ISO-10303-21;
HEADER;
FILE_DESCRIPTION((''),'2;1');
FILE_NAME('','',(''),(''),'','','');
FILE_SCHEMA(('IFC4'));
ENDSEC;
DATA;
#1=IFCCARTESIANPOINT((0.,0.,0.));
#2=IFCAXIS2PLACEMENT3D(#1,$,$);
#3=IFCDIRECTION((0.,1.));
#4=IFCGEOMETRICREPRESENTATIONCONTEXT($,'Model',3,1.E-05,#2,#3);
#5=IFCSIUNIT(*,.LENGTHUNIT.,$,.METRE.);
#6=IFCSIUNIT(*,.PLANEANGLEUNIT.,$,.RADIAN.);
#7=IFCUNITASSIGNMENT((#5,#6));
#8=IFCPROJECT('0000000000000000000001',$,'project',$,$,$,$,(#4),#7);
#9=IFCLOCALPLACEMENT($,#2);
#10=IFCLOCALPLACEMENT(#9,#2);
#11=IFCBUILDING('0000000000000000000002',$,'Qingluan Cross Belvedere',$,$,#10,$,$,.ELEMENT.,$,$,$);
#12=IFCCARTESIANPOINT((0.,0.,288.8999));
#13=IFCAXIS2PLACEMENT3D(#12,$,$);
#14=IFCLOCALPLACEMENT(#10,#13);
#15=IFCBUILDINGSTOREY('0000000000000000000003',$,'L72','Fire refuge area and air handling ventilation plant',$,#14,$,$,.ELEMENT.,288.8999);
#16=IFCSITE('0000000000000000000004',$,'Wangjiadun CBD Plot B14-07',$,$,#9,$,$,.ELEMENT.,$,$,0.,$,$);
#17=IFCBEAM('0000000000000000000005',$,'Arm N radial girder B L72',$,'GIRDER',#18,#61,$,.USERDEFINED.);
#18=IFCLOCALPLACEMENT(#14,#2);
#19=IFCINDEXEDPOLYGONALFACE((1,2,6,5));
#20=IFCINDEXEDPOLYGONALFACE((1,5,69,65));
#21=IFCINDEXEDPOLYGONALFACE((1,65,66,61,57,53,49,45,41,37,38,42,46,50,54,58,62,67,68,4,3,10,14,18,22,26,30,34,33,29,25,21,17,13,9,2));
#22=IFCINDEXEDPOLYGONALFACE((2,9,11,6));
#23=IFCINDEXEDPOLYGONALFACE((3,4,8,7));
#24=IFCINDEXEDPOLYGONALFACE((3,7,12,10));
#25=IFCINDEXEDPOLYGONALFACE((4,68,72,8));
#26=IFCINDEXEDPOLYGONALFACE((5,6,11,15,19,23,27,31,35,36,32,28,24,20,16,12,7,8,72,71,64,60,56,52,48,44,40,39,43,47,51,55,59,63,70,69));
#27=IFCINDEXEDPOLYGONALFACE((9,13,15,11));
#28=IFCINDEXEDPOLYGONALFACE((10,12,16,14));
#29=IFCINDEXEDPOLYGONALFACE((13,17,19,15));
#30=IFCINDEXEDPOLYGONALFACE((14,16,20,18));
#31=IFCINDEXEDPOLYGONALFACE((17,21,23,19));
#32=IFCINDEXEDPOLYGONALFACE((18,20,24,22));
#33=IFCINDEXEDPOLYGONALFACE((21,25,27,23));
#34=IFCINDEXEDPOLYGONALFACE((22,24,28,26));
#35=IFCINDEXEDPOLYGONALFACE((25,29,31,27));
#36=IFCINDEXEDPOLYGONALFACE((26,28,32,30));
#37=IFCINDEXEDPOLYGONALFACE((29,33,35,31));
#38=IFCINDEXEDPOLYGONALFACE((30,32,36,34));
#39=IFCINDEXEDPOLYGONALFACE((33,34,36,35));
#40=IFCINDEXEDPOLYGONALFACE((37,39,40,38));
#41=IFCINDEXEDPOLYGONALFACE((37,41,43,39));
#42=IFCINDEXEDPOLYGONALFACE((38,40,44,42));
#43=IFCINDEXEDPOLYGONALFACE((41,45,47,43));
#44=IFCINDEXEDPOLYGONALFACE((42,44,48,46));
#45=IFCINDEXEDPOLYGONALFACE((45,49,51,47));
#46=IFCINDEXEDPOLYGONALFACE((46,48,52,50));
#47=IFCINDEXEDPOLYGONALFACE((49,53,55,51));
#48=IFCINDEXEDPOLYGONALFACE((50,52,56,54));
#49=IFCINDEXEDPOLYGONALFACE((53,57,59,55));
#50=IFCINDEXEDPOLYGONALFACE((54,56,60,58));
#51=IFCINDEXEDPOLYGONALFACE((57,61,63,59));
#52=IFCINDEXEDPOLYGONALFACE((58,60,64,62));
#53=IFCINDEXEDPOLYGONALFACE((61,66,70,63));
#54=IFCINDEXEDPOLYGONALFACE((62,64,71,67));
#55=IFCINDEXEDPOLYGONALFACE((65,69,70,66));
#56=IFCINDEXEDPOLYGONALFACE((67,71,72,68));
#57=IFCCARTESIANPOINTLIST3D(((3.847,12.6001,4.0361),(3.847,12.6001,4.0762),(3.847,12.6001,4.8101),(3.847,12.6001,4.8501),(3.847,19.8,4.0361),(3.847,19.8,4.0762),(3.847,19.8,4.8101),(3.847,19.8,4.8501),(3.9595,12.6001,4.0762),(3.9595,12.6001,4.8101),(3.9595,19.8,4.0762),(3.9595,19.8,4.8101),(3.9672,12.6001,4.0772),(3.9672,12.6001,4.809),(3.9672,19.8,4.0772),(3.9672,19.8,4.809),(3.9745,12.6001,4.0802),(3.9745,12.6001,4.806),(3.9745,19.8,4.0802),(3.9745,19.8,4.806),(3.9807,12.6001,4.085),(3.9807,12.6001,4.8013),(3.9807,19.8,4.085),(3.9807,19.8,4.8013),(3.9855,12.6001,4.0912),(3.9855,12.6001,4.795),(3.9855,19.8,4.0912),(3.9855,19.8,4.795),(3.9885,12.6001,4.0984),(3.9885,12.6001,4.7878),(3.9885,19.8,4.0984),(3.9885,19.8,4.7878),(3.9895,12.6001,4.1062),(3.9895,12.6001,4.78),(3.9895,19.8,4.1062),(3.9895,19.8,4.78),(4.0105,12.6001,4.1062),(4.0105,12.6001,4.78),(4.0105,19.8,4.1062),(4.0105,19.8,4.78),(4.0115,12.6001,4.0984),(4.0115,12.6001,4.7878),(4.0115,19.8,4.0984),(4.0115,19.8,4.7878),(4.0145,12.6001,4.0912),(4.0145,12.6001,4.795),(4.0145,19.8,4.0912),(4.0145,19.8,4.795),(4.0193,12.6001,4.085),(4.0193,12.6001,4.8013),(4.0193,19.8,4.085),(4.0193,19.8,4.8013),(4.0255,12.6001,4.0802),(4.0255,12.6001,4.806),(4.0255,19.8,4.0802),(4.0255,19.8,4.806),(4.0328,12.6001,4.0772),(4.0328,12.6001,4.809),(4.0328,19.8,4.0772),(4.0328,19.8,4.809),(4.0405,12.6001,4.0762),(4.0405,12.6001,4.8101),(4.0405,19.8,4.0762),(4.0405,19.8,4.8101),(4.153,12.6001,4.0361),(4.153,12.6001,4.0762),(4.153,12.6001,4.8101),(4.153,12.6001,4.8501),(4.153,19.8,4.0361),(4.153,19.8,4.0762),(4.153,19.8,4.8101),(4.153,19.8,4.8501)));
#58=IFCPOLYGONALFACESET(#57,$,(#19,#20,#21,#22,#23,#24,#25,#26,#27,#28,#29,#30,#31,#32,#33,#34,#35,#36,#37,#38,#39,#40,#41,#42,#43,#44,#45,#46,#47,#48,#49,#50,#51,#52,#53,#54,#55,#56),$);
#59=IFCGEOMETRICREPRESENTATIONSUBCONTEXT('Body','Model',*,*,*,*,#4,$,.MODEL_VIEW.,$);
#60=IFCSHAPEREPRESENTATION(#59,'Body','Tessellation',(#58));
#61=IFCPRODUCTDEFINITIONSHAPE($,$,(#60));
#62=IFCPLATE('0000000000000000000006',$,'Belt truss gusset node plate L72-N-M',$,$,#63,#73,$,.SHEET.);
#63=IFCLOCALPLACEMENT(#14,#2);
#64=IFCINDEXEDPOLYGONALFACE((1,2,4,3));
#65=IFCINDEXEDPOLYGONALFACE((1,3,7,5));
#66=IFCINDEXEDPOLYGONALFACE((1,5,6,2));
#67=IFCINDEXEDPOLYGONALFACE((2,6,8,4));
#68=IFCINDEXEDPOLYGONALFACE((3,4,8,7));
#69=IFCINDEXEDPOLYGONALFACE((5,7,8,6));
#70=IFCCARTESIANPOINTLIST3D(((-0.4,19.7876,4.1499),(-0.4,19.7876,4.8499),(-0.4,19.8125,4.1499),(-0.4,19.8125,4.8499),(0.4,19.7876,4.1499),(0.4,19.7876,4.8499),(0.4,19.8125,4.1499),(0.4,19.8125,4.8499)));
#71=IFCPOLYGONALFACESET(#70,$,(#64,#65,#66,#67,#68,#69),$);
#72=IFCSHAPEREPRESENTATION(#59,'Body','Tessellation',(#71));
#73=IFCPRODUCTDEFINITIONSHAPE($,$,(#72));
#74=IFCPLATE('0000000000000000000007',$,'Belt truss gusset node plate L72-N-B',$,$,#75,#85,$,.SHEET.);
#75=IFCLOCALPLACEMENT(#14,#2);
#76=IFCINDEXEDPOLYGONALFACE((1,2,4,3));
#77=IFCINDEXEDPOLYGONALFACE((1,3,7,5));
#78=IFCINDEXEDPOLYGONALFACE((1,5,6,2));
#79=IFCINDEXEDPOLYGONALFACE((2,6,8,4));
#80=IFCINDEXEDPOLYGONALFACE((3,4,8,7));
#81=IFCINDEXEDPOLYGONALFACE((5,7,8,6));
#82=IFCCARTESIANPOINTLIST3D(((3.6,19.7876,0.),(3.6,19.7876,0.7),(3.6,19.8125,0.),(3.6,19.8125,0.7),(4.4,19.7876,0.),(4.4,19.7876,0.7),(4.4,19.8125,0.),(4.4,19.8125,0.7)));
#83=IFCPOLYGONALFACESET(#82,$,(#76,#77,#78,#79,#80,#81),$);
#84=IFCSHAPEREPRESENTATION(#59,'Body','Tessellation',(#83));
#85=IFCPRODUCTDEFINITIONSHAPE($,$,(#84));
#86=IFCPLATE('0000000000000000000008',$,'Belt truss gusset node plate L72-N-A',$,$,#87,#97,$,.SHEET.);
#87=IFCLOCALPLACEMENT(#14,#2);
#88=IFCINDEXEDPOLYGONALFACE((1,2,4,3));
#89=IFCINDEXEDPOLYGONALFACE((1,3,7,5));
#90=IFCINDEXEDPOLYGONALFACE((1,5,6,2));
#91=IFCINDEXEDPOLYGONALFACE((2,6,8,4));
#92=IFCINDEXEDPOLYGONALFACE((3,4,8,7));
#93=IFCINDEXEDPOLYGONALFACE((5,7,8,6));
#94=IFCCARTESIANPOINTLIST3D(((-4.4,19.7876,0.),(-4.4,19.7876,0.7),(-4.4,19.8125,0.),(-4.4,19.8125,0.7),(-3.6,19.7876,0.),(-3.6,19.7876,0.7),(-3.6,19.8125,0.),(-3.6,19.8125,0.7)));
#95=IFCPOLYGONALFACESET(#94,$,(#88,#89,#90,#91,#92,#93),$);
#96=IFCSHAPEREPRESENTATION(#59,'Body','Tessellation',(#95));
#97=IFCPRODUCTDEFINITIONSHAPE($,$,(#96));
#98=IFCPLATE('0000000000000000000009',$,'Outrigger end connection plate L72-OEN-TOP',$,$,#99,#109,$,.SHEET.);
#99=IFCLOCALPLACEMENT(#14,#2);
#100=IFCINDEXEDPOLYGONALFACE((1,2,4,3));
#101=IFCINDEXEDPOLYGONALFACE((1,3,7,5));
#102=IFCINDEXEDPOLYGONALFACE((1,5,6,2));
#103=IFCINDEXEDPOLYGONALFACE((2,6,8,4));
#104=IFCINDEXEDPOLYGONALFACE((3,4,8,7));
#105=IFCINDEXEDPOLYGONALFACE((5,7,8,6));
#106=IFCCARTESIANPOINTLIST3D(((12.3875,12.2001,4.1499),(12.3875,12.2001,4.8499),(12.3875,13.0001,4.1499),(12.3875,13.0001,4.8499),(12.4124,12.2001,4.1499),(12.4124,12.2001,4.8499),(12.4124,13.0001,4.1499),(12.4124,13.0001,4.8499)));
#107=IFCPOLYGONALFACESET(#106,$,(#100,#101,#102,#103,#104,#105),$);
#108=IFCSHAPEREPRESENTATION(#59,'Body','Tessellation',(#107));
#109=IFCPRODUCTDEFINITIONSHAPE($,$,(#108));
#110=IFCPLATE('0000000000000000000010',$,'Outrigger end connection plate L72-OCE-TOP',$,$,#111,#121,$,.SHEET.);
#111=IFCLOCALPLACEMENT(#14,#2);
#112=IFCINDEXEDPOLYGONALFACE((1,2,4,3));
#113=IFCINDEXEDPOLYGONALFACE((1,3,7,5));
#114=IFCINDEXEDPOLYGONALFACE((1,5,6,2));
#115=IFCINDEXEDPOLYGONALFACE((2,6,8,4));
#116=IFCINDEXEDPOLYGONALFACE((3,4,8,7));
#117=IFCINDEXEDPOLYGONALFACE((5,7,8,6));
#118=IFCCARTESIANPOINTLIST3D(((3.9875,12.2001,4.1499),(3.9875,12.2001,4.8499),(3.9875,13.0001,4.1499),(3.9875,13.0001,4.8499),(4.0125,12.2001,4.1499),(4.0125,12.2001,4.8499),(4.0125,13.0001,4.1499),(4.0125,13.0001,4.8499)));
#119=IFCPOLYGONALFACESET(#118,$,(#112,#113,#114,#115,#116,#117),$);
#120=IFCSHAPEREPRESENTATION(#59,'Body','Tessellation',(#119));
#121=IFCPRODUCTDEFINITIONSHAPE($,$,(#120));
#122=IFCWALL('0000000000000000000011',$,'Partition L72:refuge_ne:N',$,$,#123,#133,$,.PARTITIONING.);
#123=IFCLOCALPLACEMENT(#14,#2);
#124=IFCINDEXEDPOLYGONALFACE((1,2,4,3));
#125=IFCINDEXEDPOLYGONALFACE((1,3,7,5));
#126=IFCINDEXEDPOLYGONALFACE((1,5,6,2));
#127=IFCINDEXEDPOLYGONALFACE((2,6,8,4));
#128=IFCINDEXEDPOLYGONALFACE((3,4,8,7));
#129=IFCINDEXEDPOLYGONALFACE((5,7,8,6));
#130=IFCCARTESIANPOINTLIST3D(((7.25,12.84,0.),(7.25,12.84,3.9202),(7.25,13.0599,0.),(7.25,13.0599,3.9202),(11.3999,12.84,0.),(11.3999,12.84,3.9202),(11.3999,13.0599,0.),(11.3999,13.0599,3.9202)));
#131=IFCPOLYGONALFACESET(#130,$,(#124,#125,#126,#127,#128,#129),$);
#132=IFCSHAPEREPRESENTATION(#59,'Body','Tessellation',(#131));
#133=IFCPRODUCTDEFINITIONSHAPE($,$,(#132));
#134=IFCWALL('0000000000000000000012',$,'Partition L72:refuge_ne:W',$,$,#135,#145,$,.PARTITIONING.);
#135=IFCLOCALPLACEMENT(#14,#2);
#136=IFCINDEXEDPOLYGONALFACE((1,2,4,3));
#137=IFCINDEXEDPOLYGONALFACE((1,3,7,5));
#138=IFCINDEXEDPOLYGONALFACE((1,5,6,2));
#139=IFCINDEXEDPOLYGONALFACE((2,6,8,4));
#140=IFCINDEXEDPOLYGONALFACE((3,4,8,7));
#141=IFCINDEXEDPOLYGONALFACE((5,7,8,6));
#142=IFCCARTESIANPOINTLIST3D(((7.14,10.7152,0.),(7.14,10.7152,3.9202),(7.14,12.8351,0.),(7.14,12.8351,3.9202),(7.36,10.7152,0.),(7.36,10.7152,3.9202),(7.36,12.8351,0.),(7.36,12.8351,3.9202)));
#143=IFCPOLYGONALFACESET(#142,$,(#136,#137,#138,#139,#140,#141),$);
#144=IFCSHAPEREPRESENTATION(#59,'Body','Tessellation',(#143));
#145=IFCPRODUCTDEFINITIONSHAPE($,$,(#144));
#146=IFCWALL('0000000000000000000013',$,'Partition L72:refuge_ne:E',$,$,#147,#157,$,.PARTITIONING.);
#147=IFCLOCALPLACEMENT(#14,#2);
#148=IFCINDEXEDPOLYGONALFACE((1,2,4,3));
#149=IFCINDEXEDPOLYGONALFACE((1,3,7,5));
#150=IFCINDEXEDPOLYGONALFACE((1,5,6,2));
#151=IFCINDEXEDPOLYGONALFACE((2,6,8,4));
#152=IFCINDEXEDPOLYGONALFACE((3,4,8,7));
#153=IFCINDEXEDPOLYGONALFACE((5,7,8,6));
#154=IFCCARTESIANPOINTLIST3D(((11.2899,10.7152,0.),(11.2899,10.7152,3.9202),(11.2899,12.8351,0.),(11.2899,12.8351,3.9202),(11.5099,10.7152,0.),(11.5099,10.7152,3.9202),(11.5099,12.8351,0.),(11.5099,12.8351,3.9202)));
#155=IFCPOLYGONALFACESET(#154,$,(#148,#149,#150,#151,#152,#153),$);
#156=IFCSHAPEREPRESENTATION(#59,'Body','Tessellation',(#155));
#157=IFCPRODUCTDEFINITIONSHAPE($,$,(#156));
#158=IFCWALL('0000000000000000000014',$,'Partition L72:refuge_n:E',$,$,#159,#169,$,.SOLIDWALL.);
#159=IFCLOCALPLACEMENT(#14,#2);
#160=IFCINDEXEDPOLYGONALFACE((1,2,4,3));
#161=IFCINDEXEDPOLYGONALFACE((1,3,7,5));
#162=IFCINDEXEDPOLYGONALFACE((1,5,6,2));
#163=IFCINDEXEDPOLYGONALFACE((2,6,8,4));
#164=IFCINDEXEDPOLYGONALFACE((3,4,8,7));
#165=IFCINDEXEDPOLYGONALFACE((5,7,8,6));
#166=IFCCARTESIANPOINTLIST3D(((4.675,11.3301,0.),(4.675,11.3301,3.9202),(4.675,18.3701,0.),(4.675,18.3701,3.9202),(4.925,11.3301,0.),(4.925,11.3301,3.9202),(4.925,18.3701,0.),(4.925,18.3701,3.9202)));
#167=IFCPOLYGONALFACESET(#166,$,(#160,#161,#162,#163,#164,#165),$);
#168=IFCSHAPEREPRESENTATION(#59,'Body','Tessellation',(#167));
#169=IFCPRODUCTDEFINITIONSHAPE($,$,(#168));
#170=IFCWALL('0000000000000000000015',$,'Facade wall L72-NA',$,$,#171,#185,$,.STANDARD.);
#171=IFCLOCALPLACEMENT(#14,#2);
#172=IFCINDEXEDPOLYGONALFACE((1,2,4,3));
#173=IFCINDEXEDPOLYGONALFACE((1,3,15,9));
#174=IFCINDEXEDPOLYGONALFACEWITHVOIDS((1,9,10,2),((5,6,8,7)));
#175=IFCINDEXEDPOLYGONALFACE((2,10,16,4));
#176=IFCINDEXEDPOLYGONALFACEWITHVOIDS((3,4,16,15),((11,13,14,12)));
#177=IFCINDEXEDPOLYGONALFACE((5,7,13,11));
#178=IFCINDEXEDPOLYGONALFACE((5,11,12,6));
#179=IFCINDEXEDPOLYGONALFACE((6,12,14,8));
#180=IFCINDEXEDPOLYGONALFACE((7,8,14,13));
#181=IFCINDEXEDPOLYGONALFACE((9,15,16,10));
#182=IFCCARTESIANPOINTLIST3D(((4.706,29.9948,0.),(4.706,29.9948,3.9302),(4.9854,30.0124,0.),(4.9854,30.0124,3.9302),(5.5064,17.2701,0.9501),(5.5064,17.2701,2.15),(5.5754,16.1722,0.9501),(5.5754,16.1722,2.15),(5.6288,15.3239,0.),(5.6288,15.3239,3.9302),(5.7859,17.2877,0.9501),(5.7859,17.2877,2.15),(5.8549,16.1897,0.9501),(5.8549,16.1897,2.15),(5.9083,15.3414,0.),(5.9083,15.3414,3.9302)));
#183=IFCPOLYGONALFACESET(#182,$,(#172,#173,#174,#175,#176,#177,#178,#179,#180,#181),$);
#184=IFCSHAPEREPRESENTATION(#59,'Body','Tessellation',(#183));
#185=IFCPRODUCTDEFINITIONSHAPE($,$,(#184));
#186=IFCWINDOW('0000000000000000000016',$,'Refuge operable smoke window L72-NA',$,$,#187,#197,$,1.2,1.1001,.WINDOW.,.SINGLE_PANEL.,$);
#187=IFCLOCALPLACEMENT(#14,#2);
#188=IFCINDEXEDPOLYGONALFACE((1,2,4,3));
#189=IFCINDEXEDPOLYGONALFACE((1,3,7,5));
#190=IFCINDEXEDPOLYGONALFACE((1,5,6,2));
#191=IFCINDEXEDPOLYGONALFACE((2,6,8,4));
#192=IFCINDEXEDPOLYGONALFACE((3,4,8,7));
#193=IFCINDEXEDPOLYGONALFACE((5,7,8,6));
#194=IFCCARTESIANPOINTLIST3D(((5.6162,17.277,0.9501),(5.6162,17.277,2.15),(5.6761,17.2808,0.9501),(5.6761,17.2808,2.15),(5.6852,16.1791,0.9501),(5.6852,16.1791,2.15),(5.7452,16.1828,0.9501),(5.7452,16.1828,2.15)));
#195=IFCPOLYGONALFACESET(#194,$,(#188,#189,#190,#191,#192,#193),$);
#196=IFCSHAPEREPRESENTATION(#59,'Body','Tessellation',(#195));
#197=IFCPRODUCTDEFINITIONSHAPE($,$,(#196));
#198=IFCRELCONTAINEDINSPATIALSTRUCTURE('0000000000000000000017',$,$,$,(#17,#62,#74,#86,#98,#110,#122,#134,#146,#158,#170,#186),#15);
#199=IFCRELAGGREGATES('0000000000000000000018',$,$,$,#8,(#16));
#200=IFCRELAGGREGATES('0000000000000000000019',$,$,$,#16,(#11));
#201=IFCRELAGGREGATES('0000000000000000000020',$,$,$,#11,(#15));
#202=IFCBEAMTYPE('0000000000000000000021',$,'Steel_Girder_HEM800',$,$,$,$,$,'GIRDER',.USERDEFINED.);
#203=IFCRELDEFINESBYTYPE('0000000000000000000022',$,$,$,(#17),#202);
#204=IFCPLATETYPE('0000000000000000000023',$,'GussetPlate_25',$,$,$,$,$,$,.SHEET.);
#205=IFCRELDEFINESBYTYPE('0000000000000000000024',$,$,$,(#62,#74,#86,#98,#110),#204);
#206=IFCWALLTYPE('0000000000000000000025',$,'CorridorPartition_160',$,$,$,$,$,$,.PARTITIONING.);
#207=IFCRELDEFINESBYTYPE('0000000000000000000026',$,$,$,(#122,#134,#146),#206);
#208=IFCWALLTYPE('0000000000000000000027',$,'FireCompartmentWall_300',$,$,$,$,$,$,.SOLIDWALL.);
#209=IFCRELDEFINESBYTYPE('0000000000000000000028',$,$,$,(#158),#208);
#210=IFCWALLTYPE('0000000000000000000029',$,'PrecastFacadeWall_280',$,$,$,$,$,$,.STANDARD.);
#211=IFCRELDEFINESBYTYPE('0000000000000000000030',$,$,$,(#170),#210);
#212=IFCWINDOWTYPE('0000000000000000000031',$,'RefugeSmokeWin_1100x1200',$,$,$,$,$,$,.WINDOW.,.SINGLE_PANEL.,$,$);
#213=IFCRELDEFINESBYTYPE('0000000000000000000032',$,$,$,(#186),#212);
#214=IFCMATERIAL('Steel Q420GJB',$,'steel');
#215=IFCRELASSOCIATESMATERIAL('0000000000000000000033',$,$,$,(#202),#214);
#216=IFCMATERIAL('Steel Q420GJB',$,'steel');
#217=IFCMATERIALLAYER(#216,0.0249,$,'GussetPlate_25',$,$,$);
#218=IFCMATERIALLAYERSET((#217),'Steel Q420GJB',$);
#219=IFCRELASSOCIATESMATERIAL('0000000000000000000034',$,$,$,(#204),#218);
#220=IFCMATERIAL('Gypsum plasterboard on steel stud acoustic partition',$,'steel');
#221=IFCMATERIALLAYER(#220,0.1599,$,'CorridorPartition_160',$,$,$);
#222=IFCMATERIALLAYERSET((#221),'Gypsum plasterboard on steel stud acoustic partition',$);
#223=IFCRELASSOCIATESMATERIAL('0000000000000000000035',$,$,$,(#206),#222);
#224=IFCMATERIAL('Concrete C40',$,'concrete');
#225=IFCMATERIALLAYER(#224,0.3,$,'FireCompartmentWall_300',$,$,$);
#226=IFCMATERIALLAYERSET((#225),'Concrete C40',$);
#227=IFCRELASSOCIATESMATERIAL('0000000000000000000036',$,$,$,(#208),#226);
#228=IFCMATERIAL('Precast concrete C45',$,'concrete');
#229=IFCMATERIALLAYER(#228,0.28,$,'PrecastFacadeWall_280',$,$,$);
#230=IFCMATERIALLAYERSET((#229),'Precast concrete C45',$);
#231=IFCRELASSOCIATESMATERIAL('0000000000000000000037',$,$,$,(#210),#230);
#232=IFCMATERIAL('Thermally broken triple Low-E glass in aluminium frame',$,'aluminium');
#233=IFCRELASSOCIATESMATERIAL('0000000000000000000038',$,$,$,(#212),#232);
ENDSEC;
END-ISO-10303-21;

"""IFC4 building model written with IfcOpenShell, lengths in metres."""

from ifc_helpers import new_model, si_unit, direction, frame, frame_2d, origin, origin_2d, place, context, subcontext, project, spatial, rectangle, i_section, extrude, material, layer, layer_set, material_profile, profile_set, type_object, element, fill, save


model = new_model("IFC4")

# Units and contexts
model_context = context("Model", 3, precision=1e-05, world=origin(), true_north=direction((0.0, 1.0)))
body_context = subcontext(model_context, "Body", "Model", "MODEL_VIEW")
ifc_project = project(units=[si_unit("LENGTHUNIT", "METRE"), si_unit("PLANEANGLEUNIT", "RADIAN")], contexts=[model_context])

# Site, building, storey
site_placement = place(None, origin())
site = spatial("IfcSite", under=ifc_project, at=site_placement, Name="Wangjiadun CBD Plot B14-07", CompositionType="ELEMENT", RefElevation=0.0)
building_placement = place(site_placement, origin())
building = spatial("IfcBuilding", under=site, at=building_placement, Name="Qingluan Cross Belvedere", CompositionType="ELEMENT")
storey_placement = place(building_placement, frame((0.0, 0.0, 288.8999)))
storey = spatial("IfcBuildingStorey", under=building, at=storey_placement, Name="L72", Description="Fire refuge area and air handling ventilation plant", CompositionType="ELEMENT", Elevation=288.8999)

# Beam
ifc_material_1 = material(Name="Steel Q420GJB", Category="steel")
ifc_material_profile_1 = material_profile(ifc_material_1, i_section(OverallWidth=0.3059, OverallDepth=0.814, WebThickness=0.021, FlangeThickness=0.04, FilletRadius=0.03, at=origin_2d()), Name="HEM800")
ifc_profile_set_1 = profile_set([ifc_material_profile_1], Name="Steel Q420GJB")
beam_type_1 = type_object("IfcBeamType", Name="Steel_Girder_HEM800", ElementType="GIRDER", PredefinedType="USERDEFINED", material=ifc_profile_set_1)
beam_1_placement = place(storey_placement, frame((4.0, 12.6001, 4.4431), z_axis=(0.0, 1.0, 0.0), x_axis=(-1.0, 0.0, 0.0)))
element("IfcBeam", 1, at=beam_1_placement, inside=storey, type_object=beam_type_1, Name="Arm N radial girder B L72", ObjectType="GIRDER", PredefinedType="USERDEFINED", context=body_context, shape_type="SweptSolid", body=[
    extrude(i_section(OverallWidth=0.3059, OverallDepth=0.814, WebThickness=0.021, FlangeThickness=0.04, FilletRadius=0.03, at=origin_2d()), origin(), (0.0, 0.0, 1.0), 7.2),
])

# Plates
ifc_material_2 = material(Name="Steel Q420GJB", Category="steel")
ifc_layer_1 = layer(ifc_material_2, 0.0249, Name="GussetPlate_25")
ifc_layer_set_1 = layer_set([ifc_layer_1], Name="Steel Q420GJB")
plate_type = type_object("IfcPlateType", Name="GussetPlate_25", PredefinedType="SHEET", material=ifc_layer_set_1)
for number, where, z_axis, x_axis, name in (
    (2, (0.0, 19.8, 4.1499), (0.0, 0.0, 1.0), (1.0, 0.0, 0.0), "Belt truss gusset node plate L72-N-M"),
    (3, (4.0, 19.8, 0.0), (0.0, 0.0, 1.0), (1.0, 0.0, 0.0), "Belt truss gusset node plate L72-N-B"),
    (4, (-4.0, 19.8, 0.0), (0.0, 0.0, 1.0), (1.0, 0.0, 0.0), "Belt truss gusset node plate L72-N-A"),
    (5, (12.3999, 12.6001, 4.1499), (0.0, 0.0, 1.0), (0.0, 1.0, 0.0), "Outrigger end connection plate L72-OEN-TOP"),
    (6, (4.0, 12.6001, 4.1499), (0.0, 0.0, 1.0), (0.0, 1.0, 0.0), "Outrigger end connection plate L72-OCE-TOP"),
):
    element("IfcPlate", number, at=place(storey_placement, frame(where, z_axis=z_axis, x_axis=x_axis)), inside=storey, type_object=plate_type, Name=name, PredefinedType="SHEET", context=body_context, shape_type="SweptSolid", body=[
        extrude(rectangle(XDim=0.8, YDim=0.0249, at=origin_2d()), origin(), (0.0, 0.0, 1.0), 0.7),
    ])

# Shared definitions
ifc_material_3 = material(Name="Gypsum plasterboard on steel stud acoustic partition", Category="steel")
ifc_layer_2 = layer(ifc_material_3, 0.1599, Name="CorridorPartition_160")
ifc_layer_set_2 = layer_set([ifc_layer_2], Name="Gypsum plasterboard on steel stud acoustic partition")
wall_type_1 = type_object("IfcWallType", Name="CorridorPartition_160", PredefinedType="PARTITIONING", material=ifc_layer_set_2)

# Walls
wall_1_placement = place(storey_placement, frame((7.25, 12.95, 0.0), z_axis=(0.0, 0.0, 1.0), x_axis=(1.0, 0.0, 0.0)))
element("IfcWall", 7, at=wall_1_placement, inside=storey, type_object=wall_type_1, Name="Partition L72:refuge_ne:N", PredefinedType="PARTITIONING", context=body_context, shape_type="SweptSolid", body=[
    extrude(rectangle(XDim=4.1499, YDim=0.22, at=frame_2d((2.075, 0.0))), origin(), (0.0, 0.0, 1.0), 3.9202),
])
for number, where, z_axis, x_axis, name in (
    (8, (7.25, 10.7151, 0.0), (0.0, 0.0, 1.0), (0.0, 1.0, 0.0), "Partition L72:refuge_ne:W"),
    (9, (11.3999, 10.7151, 0.0), (0.0, 0.0, 1.0), (0.0, 1.0, 0.0), "Partition L72:refuge_ne:E"),
):
    element("IfcWall", number, at=place(storey_placement, frame(where, z_axis=z_axis, x_axis=x_axis)), inside=storey, type_object=wall_type_1, Name=name, PredefinedType="PARTITIONING", context=body_context, shape_type="SweptSolid", body=[
        extrude(rectangle(XDim=2.1199, YDim=0.22, at=frame_2d((1.0601, 0.0))), origin(), (0.0, 0.0, 1.0), 3.9202),
    ])
ifc_material_4 = material(Name="Concrete C40", Category="concrete")
ifc_layer_3 = layer(ifc_material_4, 0.3, Name="FireCompartmentWall_300")
ifc_layer_set_3 = layer_set([ifc_layer_3], Name="Concrete C40")
wall_type_2 = type_object("IfcWallType", Name="FireCompartmentWall_300", PredefinedType="SOLIDWALL", material=ifc_layer_set_3)
wall_2_placement = place(storey_placement, frame((4.8, 11.3301, 0.0), z_axis=(0.0, 0.0, 1.0), x_axis=(0.0, 1.0, 0.0)))
element("IfcWall", 10, at=wall_2_placement, inside=storey, type_object=wall_type_2, Name="Partition L72:refuge_n:E", PredefinedType="SOLIDWALL", context=body_context, shape_type="SweptSolid", body=[
    extrude(rectangle(XDim=7.04, YDim=0.25, at=frame_2d((3.52, 0.0))), origin(), (0.0, 0.0, 1.0), 3.9202),
])

# Wall, opening, window
ifc_material_5 = material(Name="Precast concrete C45", Category="concrete")
ifc_layer_4 = layer(ifc_material_5, 0.28, Name="PrecastFacadeWall_280")
ifc_layer_set_4 = layer_set([ifc_layer_4], Name="Precast concrete C45")
wall_type_3 = type_object("IfcWallType", Name="PrecastFacadeWall_280", PredefinedType="STANDARD", material=ifc_layer_set_4)
wall_3_placement = place(storey_placement, frame((5.7686, 15.3325, 0.0), z_axis=(0.0, 0.0, 1.0), x_axis=(-0.062779, 0.998027, 0.0)))
wall_3 = element("IfcWall", 11, at=wall_3_placement, inside=storey, type_object=wall_type_3, Name="Facade wall L72-NA", PredefinedType="STANDARD", context=body_context, shape_type="SweptSolid", body=[
    extrude(rectangle(XDim=14.7, YDim=0.28, at=frame_2d((7.3501, 0.0))), origin(), (0.0, 0.0, 1.0), 3.9302),
])
opening_1_placement = place(wall_3_placement, frame((0.8501, 0.0, 0.95)))
opening_1 = element("IfcOpeningElement", 12, at=opening_1_placement, cuts=wall_3, PredefinedType="OPENING", context=body_context, shape_type="SweptSolid", body=[
    extrude(rectangle(XDim=1.1001, YDim=1.2, at=frame_2d((0.55, 0.6001))), frame((0.0, 0.1499, 0.0), z_axis=(0.0, -1.0, 0.0), x_axis=(1.0, 0.0, 0.0)), (0.0, 0.0, 1.0), 0.3),
])
ifc_material_6 = material(Name="Thermally broken triple Low-E glass in aluminium frame", Category="aluminium")
window_type = type_object("IfcWindowType", Name="RefugeSmokeWin_1100x1200", PartitioningType="SINGLE_PANEL", PredefinedType="WINDOW", material=ifc_material_6)
window_placement = place(opening_1_placement, origin())
window = element("IfcWindow", 13, at=window_placement, inside=storey, type_object=window_type, Name="Refuge operable smoke window L72-NA", OverallHeight=1.2, OverallWidth=1.1001, PartitioningType="SINGLE_PANEL", PredefinedType="WINDOW", context=body_context, shape_type="SweptSolid", body=[
    extrude(rectangle(XDim=1.1001, YDim=1.2, at=frame_2d((0.55, 0.6001))), frame((0.0, 0.03, 0.0), z_axis=(0.0, -1.0, 0.0), x_axis=(1.0, 0.0, 0.0)), (0.0, 0.0, 1.0), 0.0601),
])
fill(opening_1, window)

save(model, "model.ifc")
